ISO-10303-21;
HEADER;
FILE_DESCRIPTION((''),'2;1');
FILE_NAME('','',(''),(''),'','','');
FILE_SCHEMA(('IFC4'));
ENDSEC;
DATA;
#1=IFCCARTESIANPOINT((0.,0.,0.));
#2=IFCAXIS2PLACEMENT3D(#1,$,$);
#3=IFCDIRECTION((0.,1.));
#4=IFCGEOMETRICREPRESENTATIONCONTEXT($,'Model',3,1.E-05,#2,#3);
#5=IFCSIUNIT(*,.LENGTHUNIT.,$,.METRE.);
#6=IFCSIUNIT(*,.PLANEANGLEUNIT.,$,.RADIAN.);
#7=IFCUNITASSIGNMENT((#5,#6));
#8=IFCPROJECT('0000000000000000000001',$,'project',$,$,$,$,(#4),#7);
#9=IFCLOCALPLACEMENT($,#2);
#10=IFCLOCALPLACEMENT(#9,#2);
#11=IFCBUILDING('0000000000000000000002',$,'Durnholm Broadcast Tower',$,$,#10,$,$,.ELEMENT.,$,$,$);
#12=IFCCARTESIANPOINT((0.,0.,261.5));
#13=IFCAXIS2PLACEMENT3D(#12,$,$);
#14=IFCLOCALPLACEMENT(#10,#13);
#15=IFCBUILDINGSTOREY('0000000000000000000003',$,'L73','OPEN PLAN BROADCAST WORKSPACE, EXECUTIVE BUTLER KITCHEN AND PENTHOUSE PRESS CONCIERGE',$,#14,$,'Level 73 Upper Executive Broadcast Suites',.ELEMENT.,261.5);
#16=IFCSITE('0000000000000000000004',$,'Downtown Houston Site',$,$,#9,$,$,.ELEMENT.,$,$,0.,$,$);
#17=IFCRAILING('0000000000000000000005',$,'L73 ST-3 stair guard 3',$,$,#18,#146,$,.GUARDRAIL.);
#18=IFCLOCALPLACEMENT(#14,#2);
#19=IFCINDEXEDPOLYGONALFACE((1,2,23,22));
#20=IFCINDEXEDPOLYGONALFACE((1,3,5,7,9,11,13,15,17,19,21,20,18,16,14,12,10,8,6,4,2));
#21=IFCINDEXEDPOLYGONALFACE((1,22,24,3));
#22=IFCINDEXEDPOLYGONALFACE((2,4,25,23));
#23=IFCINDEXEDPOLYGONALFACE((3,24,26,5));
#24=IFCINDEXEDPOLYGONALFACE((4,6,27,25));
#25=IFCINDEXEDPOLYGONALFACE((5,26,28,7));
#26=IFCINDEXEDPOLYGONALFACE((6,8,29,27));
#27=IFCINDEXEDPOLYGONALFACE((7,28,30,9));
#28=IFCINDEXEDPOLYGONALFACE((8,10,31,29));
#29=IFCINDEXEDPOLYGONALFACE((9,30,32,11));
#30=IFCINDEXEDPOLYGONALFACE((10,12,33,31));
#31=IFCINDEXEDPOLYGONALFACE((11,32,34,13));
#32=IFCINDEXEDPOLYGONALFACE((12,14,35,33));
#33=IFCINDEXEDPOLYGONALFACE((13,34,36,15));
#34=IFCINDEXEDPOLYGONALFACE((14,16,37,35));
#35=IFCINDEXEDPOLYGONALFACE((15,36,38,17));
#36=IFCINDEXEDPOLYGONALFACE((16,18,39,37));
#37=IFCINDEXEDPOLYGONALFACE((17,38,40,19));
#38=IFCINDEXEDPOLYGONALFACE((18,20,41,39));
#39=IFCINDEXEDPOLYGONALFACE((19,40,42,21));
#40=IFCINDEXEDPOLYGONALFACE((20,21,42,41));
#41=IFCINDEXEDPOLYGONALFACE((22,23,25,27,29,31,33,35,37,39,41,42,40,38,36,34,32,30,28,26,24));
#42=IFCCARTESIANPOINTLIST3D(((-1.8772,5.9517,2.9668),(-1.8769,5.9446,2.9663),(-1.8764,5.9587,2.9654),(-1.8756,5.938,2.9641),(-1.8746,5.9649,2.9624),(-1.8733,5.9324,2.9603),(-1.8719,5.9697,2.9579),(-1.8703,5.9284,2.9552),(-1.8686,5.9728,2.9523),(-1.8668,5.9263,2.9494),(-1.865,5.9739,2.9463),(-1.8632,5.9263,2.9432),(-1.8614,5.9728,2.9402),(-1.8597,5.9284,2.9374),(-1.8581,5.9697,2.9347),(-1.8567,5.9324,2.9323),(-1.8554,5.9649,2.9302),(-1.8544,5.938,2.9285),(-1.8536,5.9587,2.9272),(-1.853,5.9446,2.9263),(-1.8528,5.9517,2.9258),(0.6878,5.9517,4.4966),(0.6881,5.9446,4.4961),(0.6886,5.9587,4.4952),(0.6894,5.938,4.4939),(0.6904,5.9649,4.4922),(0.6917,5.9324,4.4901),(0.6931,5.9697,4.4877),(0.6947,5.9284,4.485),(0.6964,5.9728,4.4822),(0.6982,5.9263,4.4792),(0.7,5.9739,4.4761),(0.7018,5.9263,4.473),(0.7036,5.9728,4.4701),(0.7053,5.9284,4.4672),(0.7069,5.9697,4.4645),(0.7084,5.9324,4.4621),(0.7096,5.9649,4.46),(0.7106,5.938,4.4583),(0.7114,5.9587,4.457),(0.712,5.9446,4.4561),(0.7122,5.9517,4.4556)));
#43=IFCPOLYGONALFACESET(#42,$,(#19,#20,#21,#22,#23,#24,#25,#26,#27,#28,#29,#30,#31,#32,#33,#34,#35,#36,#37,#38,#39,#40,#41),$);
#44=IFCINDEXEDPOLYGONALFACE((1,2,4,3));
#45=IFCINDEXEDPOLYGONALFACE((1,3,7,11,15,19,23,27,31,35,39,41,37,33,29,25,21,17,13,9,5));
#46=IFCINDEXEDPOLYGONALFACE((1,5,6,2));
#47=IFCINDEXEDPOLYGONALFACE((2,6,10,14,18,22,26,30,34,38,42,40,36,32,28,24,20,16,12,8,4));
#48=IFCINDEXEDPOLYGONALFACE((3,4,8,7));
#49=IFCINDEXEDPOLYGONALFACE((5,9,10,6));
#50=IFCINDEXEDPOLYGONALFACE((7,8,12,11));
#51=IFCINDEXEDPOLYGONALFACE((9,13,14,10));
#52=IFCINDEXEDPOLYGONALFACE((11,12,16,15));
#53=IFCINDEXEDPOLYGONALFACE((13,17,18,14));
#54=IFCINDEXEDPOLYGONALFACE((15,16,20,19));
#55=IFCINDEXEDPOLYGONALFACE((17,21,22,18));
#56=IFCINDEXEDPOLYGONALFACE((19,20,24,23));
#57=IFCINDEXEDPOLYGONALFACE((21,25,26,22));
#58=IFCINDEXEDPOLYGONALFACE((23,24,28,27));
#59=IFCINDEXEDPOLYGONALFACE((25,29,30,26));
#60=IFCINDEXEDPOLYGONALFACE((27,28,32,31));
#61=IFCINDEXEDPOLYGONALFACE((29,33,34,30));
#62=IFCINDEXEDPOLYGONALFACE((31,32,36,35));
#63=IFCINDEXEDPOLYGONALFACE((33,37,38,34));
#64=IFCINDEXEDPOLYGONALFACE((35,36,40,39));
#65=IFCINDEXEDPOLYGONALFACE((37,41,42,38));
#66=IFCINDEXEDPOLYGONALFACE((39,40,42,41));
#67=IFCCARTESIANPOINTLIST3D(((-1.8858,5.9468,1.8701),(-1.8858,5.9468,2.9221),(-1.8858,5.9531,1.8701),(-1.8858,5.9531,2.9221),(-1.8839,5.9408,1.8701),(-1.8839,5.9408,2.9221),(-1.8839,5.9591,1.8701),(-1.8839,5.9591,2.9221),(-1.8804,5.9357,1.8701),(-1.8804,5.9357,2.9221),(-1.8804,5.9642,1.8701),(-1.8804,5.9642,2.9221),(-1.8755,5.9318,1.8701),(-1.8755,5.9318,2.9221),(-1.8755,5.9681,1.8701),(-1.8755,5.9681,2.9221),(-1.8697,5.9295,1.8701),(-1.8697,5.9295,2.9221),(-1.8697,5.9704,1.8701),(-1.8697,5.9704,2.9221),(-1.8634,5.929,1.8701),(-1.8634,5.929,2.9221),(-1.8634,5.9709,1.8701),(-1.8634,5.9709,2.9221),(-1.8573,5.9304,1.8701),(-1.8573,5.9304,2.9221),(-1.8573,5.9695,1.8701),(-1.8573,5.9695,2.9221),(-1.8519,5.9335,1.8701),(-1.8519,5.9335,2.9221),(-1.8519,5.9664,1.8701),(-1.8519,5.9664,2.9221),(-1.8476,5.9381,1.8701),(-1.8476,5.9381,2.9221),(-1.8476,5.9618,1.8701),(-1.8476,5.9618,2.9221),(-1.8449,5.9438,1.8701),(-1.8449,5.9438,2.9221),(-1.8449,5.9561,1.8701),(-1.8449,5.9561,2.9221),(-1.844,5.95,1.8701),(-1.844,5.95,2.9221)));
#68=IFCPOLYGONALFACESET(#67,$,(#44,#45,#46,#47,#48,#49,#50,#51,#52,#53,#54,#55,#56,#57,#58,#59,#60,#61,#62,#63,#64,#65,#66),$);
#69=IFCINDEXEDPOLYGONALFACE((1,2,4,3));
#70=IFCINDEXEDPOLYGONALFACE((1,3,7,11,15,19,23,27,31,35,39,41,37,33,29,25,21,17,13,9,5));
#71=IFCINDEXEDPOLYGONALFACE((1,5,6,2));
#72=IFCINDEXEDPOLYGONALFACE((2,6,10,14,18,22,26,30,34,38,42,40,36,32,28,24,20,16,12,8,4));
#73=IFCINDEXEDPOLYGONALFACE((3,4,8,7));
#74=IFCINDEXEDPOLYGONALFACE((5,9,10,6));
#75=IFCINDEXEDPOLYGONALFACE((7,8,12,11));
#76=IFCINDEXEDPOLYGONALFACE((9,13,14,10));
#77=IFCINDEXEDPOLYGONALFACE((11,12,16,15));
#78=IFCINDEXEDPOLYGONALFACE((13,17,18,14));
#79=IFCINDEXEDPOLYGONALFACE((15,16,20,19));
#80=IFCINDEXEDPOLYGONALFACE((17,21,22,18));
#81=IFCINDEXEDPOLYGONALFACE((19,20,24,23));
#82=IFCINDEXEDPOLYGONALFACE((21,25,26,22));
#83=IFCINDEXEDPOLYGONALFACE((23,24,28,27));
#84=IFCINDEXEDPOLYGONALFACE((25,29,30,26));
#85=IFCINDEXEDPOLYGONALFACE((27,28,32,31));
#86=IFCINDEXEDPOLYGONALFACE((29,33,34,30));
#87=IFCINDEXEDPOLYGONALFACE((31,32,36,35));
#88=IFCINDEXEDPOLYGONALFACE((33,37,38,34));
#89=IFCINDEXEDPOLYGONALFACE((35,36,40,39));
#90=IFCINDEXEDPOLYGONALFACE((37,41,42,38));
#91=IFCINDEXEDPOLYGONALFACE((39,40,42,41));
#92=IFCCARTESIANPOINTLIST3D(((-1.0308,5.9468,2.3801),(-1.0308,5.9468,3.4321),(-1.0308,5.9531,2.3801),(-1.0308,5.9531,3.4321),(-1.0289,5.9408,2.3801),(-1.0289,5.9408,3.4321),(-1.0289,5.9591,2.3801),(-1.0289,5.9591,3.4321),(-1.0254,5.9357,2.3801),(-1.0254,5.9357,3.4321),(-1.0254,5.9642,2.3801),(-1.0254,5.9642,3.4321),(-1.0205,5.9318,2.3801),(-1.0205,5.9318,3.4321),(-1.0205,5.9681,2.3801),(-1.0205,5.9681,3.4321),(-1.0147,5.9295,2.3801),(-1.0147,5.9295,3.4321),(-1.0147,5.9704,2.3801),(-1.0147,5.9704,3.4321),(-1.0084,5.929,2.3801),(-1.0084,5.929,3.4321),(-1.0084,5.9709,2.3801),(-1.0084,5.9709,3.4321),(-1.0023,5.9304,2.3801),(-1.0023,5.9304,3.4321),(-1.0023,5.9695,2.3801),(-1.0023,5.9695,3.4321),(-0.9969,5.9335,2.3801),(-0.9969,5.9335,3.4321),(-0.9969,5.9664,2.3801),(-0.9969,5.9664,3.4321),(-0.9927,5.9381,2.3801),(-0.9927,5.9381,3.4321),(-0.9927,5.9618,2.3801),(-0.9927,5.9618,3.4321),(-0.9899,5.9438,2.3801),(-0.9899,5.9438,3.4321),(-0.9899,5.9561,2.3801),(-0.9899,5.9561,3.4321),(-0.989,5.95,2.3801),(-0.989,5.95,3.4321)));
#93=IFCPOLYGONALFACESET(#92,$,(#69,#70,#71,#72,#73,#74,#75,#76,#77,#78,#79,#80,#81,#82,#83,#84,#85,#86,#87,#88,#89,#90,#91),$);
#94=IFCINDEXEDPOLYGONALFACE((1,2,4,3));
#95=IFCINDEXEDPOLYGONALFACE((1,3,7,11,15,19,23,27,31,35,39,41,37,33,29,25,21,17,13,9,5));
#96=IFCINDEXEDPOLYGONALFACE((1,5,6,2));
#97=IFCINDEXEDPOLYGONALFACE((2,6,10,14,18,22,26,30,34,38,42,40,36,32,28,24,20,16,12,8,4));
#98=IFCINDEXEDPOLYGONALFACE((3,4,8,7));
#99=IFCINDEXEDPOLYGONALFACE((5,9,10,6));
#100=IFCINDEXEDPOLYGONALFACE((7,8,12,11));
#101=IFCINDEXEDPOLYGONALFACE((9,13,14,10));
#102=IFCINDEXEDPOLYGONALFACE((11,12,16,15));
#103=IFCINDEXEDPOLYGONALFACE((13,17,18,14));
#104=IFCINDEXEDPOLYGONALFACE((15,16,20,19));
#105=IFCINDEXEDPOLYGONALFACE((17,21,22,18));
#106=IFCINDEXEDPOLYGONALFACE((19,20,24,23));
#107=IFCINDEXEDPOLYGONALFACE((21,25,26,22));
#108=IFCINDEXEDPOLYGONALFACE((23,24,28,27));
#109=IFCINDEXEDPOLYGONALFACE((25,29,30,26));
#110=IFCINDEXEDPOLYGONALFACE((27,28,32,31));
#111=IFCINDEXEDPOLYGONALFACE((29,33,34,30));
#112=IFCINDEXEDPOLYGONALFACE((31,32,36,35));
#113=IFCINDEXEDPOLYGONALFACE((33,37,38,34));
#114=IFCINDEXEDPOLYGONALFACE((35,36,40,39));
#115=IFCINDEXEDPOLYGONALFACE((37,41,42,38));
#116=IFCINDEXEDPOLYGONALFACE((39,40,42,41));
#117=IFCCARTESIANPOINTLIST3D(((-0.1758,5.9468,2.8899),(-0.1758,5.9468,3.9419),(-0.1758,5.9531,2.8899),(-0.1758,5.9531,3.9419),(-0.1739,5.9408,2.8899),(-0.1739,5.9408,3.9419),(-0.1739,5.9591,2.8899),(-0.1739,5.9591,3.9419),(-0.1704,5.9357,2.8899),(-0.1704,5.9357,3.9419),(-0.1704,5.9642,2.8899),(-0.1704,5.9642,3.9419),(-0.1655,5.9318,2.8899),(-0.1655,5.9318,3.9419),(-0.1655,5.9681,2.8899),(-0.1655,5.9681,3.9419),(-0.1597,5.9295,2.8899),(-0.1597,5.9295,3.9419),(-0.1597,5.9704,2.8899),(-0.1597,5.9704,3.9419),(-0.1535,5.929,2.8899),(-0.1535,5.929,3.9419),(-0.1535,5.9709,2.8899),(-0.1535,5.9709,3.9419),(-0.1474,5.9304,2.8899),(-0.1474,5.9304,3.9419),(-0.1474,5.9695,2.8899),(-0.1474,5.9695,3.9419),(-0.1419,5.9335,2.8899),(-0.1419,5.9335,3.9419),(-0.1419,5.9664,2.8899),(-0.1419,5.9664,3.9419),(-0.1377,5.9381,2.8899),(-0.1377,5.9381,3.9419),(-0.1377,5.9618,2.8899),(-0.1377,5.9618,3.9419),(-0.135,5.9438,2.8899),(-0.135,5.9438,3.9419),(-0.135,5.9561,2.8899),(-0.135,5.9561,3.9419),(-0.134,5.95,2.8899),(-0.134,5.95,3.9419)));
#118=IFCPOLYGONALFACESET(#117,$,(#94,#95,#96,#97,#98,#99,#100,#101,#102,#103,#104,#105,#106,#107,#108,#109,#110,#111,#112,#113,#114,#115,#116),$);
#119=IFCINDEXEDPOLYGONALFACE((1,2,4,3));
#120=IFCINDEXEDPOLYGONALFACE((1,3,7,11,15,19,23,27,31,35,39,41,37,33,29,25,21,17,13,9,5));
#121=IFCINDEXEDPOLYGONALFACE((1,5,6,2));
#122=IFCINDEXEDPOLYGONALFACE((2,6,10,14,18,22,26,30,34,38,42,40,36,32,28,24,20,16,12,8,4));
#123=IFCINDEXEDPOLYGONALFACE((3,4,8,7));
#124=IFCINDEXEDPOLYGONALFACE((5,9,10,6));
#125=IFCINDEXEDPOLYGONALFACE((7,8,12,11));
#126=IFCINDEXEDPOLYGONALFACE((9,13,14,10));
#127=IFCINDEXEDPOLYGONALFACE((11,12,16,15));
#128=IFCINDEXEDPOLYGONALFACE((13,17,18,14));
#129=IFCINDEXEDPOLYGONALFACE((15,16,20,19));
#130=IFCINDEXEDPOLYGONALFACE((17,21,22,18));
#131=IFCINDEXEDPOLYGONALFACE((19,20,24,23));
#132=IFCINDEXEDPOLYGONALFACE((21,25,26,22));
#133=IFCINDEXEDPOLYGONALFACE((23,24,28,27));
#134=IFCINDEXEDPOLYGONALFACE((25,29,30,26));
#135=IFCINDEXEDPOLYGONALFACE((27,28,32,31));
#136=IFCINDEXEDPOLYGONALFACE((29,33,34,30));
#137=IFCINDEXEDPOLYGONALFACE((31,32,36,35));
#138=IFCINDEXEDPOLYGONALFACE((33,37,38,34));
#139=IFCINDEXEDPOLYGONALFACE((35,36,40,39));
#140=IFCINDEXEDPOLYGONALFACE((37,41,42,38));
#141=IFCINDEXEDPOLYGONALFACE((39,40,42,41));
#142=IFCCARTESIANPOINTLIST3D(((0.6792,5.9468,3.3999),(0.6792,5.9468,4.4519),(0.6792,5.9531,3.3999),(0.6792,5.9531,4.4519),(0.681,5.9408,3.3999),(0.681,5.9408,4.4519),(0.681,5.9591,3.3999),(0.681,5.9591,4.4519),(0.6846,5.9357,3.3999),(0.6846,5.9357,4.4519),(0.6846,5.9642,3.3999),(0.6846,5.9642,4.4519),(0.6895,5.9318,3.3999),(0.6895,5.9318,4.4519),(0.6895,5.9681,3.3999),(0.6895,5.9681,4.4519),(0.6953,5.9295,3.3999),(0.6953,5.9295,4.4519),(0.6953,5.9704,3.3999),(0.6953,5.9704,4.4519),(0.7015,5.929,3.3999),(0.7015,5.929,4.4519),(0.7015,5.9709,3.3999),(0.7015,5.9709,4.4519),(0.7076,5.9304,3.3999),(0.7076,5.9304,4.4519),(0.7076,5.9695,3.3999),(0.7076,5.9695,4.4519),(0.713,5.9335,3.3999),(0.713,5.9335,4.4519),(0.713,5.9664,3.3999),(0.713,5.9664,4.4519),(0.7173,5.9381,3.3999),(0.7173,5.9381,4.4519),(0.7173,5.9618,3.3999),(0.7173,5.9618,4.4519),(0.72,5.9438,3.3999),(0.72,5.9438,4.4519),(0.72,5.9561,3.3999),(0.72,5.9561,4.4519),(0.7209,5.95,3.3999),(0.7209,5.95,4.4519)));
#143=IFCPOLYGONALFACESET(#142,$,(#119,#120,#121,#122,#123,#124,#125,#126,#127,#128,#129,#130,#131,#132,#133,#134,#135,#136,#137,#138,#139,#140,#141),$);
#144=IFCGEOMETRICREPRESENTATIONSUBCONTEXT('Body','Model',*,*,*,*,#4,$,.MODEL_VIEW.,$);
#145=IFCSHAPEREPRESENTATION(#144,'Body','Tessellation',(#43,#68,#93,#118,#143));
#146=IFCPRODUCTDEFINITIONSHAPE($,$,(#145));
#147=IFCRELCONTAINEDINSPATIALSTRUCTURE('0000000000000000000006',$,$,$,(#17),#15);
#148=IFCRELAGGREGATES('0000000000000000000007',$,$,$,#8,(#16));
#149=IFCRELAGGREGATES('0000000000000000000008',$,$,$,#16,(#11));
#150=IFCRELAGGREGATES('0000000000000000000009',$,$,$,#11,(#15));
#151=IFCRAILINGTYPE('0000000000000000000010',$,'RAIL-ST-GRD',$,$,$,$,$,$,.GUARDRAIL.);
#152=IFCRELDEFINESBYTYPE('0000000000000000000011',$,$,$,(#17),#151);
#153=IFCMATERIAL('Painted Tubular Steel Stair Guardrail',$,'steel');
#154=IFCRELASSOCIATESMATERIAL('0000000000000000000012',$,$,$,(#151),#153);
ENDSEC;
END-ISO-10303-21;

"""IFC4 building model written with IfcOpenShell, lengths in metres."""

from ifc_helpers import new_model, si_unit, direction, frame, origin, origin_2d, place, context, subcontext, project, spatial, circle, extrude, material, type_object, element, save


model = new_model("IFC4")

# Units and contexts
model_context = context("Model", 3, precision=1e-05, world=origin(), true_north=direction((0.0, 1.0)))
body_context = subcontext(model_context, "Body", "Model", "MODEL_VIEW")
ifc_project = project(units=[si_unit("LENGTHUNIT", "METRE"), si_unit("PLANEANGLEUNIT", "RADIAN")], contexts=[model_context])

# Site, building, storey
site_placement = place(None, origin())
site = spatial("IfcSite", under=ifc_project, at=site_placement, Name="Downtown Houston Site", CompositionType="ELEMENT", RefElevation=0.0)
building_placement = place(site_placement, origin())
building = spatial("IfcBuilding", under=site, at=building_placement, Name="Durnholm Broadcast Tower", CompositionType="ELEMENT")
storey_placement = place(building_placement, frame((0.0, 0.0, 261.5)))
storey = spatial("IfcBuildingStorey", under=building, at=storey_placement, Name="L73", Description="OPEN PLAN BROADCAST WORKSPACE, EXECUTIVE BUTLER KITCHEN AND PENTHOUSE PRESS CONCIERGE", LongName="Level 73 Upper Executive Broadcast Suites", CompositionType="ELEMENT", Elevation=261.5)

# Railing
ifc_material_1 = material(Name="Painted Tubular Steel Stair Guardrail", Category="steel")
railing_type_1 = type_object("IfcRailingType", Name="RAIL-ST-GRD", PredefinedType="GUARDRAIL", material=ifc_material_1)
railing_1_placement = place(storey_placement, frame((-1.865, 5.95, 1.8701)))
element("IfcRailing", 1, at=railing_1_placement, inside=storey, type_object=railing_type_1, Name="L73 ST-3 stair guard 3", PredefinedType="GUARDRAIL", context=body_context, shape_type="SweptSolid", body=[
    extrude(circle(Radius=0.0239, at=origin_2d()), frame((0.0, 0.0, 1.0762), z_axis=(0.858846, 0.0, 0.512234), x_axis=(0.0, 1.0, 0.0)), (0.0, 0.0, 1.0), 2.9866),
    extrude(circle(Radius=0.021, at=origin_2d()), origin(), (0.0, 0.0, 1.0), 1.052),
    extrude(circle(Radius=0.021, at=origin_2d()), frame((0.855, 0.0, 0.51)), (0.0, 0.0, 1.0), 1.052),
    extrude(circle(Radius=0.021, at=origin_2d()), frame((1.71, 0.0, 1.0198)), (0.0, 0.0, 1.0), 1.052),
    extrude(circle(Radius=0.021, at=origin_2d()), frame((2.5649, 0.0, 1.5298)), (0.0, 0.0, 1.0), 1.052),
])

save(model, "model.ifc")
